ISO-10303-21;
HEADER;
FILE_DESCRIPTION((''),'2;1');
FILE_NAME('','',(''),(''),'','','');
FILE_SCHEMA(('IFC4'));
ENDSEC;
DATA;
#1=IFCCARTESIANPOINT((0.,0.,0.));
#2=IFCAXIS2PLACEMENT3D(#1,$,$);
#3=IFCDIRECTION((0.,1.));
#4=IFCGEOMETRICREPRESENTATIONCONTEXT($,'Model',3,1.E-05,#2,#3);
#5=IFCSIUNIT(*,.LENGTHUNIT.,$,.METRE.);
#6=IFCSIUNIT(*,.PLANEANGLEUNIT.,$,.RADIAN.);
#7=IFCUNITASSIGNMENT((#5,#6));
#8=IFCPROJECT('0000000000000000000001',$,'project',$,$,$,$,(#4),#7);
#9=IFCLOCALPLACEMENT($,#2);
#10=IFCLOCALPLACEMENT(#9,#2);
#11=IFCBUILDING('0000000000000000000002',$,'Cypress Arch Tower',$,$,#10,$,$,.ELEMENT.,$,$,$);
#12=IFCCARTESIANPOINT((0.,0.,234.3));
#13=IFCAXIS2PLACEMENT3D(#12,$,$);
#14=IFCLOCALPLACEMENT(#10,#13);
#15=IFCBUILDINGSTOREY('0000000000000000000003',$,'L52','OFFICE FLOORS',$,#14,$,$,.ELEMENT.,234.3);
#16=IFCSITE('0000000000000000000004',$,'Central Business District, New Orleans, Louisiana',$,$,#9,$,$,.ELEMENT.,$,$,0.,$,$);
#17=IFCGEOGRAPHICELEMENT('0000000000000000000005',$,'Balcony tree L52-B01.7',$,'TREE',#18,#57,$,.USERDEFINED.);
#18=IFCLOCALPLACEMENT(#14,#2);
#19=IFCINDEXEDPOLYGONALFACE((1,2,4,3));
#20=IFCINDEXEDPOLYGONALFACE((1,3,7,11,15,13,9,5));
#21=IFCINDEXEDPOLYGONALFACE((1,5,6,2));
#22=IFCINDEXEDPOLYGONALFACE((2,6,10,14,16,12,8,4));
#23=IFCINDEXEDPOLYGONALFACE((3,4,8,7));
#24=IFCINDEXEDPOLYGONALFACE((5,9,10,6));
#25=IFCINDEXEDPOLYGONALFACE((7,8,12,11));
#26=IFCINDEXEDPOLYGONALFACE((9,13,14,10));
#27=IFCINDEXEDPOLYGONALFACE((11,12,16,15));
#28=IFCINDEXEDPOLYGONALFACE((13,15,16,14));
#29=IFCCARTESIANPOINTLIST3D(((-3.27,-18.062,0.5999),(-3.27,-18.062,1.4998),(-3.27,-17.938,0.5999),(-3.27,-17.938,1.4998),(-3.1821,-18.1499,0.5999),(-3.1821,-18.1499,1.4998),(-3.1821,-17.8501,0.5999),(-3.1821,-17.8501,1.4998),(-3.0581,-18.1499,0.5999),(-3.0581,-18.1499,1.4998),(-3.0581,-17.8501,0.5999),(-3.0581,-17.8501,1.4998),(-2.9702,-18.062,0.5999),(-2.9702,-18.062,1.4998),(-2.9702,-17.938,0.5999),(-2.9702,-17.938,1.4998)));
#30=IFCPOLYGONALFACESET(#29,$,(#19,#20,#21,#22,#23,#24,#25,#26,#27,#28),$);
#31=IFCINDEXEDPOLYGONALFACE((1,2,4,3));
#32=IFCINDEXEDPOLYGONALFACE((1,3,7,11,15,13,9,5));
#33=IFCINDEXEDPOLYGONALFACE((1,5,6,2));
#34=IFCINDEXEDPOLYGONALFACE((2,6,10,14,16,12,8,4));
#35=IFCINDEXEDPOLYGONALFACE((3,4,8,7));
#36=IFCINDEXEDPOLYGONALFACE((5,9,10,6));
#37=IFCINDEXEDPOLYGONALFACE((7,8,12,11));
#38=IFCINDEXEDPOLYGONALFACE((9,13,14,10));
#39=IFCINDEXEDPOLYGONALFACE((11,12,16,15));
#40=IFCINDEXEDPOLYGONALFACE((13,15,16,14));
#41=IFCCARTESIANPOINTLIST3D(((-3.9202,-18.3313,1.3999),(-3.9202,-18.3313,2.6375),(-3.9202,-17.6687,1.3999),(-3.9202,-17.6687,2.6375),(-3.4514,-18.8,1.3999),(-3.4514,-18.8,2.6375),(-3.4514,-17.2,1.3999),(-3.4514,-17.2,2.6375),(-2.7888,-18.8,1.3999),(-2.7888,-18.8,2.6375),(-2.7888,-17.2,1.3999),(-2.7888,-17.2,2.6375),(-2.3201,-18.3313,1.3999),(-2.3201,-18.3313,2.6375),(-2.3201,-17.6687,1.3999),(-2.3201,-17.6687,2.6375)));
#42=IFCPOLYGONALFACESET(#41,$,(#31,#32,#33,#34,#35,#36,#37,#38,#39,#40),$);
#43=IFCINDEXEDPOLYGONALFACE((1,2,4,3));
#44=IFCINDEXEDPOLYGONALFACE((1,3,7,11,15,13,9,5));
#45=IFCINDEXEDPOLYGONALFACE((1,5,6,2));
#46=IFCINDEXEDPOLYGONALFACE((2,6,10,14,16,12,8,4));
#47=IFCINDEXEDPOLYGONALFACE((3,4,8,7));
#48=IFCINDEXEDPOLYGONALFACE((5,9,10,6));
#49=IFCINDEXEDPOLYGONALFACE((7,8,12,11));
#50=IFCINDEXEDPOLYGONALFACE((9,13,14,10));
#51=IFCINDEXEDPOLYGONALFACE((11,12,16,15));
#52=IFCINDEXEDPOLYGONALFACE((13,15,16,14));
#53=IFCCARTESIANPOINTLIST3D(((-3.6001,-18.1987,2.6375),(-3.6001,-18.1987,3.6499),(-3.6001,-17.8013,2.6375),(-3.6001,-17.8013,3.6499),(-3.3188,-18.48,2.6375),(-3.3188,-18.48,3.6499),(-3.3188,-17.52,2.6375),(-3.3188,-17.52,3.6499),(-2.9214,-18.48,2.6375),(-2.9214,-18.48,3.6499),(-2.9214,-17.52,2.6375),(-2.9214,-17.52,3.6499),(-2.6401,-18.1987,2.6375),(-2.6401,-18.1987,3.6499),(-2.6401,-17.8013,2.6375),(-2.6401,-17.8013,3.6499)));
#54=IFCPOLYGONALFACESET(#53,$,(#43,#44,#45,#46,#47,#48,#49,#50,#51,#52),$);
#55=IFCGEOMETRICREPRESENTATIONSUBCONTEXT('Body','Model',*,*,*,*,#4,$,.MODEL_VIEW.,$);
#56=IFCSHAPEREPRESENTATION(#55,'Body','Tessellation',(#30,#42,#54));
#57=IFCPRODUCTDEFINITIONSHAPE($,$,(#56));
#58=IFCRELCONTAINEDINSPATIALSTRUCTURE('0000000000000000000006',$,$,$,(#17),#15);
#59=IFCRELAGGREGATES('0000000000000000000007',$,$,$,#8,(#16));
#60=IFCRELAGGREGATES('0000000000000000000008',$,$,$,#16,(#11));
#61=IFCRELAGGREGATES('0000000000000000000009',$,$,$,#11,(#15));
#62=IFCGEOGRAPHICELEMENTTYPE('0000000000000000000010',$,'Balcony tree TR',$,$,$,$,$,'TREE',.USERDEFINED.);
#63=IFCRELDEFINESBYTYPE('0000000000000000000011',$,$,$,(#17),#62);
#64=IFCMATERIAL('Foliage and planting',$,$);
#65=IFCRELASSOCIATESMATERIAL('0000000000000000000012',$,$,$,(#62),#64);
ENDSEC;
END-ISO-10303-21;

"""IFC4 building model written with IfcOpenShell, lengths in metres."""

from ifc_helpers import new_model, si_unit, direction, frame, origin, place, context, subcontext, project, spatial, polyline, outline, extrude, material, type_object, element, save


model = new_model("IFC4")

# Units and contexts
model_context = context("Model", 3, precision=1e-05, world=origin(), true_north=direction((0.0, 1.0)))
body_context = subcontext(model_context, "Body", "Model", "MODEL_VIEW")
ifc_project = project(units=[si_unit("LENGTHUNIT", "METRE"), si_unit("PLANEANGLEUNIT", "RADIAN")], contexts=[model_context])

# Site, building, storey
site_placement = place(None, origin())
site = spatial("IfcSite", under=ifc_project, at=site_placement, Name="Central Business District, New Orleans, Louisiana", CompositionType="ELEMENT", RefElevation=0.0)
building_placement = place(site_placement, origin())
building = spatial("IfcBuilding", under=site, at=building_placement, Name="Cypress Arch Tower", CompositionType="ELEMENT")
storey_placement = place(building_placement, frame((0.0, 0.0, 234.3)))
storey = spatial("IfcBuildingStorey", under=building, at=storey_placement, Name="L52", Description="OFFICE FLOORS", CompositionType="ELEMENT", Elevation=234.3)

# Geographic element
ifc_material_1 = material(Name="Foliage and planting")
geographic_element_type = type_object("IfcGeographicElementType", Name="Balcony tree TR", ElementType="TREE", PredefinedType="USERDEFINED", material=ifc_material_1)
for number, where, z_axis, x_axis, name in (
    (1, (-3.1201, -18.0, 0.5999), (0.0, 0.0, 1.0), (1.0, 0.0, 0.0), "Balcony tree L52-B01.7"),
):
    element("IfcGeographicElement", number, at=place(storey_placement, frame(where, z_axis=z_axis, x_axis=x_axis)), inside=storey, type_object=geographic_element_type, Name=name, ObjectType="TREE", PredefinedType="USERDEFINED", context=body_context, shape_type="SweptSolid", body=[
        extrude(outline(polyline([(0.1499, 0.062), (0.062, 0.1499), (-0.062, 0.1499), (-0.1499, 0.062), (-0.1499, -0.062), (-0.062, -0.1499), (0.062, -0.1499), (0.1499, -0.062), (0.1499, 0.062)])), origin(), (0.0, 0.0, 1.0), 0.8999),
        extrude(outline(polyline([(0.8, 0.3313), (0.3313, 0.8), (-0.3313, 0.8), (-0.8, 0.3313), (-0.8, -0.3313), (-0.3313, -0.8), (0.3313, -0.8), (0.8, -0.3313), (0.8, 0.3313)])), frame((0.0, 0.0, 0.8)), (0.0, 0.0, 1.0), 1.2375),
        extrude(outline(polyline([(0.48, 0.1987), (0.1987, 0.48), (-0.1987, 0.48), (-0.48, 0.1987), (-0.48, -0.1987), (-0.1987, -0.48), (0.1987, -0.48), (0.48, -0.1987), (0.48, 0.1987)])), frame((0.0, 0.0, 2.0376)), (0.0, 0.0, 1.0), 1.0125),
    ])

save(model, "model.ifc")
